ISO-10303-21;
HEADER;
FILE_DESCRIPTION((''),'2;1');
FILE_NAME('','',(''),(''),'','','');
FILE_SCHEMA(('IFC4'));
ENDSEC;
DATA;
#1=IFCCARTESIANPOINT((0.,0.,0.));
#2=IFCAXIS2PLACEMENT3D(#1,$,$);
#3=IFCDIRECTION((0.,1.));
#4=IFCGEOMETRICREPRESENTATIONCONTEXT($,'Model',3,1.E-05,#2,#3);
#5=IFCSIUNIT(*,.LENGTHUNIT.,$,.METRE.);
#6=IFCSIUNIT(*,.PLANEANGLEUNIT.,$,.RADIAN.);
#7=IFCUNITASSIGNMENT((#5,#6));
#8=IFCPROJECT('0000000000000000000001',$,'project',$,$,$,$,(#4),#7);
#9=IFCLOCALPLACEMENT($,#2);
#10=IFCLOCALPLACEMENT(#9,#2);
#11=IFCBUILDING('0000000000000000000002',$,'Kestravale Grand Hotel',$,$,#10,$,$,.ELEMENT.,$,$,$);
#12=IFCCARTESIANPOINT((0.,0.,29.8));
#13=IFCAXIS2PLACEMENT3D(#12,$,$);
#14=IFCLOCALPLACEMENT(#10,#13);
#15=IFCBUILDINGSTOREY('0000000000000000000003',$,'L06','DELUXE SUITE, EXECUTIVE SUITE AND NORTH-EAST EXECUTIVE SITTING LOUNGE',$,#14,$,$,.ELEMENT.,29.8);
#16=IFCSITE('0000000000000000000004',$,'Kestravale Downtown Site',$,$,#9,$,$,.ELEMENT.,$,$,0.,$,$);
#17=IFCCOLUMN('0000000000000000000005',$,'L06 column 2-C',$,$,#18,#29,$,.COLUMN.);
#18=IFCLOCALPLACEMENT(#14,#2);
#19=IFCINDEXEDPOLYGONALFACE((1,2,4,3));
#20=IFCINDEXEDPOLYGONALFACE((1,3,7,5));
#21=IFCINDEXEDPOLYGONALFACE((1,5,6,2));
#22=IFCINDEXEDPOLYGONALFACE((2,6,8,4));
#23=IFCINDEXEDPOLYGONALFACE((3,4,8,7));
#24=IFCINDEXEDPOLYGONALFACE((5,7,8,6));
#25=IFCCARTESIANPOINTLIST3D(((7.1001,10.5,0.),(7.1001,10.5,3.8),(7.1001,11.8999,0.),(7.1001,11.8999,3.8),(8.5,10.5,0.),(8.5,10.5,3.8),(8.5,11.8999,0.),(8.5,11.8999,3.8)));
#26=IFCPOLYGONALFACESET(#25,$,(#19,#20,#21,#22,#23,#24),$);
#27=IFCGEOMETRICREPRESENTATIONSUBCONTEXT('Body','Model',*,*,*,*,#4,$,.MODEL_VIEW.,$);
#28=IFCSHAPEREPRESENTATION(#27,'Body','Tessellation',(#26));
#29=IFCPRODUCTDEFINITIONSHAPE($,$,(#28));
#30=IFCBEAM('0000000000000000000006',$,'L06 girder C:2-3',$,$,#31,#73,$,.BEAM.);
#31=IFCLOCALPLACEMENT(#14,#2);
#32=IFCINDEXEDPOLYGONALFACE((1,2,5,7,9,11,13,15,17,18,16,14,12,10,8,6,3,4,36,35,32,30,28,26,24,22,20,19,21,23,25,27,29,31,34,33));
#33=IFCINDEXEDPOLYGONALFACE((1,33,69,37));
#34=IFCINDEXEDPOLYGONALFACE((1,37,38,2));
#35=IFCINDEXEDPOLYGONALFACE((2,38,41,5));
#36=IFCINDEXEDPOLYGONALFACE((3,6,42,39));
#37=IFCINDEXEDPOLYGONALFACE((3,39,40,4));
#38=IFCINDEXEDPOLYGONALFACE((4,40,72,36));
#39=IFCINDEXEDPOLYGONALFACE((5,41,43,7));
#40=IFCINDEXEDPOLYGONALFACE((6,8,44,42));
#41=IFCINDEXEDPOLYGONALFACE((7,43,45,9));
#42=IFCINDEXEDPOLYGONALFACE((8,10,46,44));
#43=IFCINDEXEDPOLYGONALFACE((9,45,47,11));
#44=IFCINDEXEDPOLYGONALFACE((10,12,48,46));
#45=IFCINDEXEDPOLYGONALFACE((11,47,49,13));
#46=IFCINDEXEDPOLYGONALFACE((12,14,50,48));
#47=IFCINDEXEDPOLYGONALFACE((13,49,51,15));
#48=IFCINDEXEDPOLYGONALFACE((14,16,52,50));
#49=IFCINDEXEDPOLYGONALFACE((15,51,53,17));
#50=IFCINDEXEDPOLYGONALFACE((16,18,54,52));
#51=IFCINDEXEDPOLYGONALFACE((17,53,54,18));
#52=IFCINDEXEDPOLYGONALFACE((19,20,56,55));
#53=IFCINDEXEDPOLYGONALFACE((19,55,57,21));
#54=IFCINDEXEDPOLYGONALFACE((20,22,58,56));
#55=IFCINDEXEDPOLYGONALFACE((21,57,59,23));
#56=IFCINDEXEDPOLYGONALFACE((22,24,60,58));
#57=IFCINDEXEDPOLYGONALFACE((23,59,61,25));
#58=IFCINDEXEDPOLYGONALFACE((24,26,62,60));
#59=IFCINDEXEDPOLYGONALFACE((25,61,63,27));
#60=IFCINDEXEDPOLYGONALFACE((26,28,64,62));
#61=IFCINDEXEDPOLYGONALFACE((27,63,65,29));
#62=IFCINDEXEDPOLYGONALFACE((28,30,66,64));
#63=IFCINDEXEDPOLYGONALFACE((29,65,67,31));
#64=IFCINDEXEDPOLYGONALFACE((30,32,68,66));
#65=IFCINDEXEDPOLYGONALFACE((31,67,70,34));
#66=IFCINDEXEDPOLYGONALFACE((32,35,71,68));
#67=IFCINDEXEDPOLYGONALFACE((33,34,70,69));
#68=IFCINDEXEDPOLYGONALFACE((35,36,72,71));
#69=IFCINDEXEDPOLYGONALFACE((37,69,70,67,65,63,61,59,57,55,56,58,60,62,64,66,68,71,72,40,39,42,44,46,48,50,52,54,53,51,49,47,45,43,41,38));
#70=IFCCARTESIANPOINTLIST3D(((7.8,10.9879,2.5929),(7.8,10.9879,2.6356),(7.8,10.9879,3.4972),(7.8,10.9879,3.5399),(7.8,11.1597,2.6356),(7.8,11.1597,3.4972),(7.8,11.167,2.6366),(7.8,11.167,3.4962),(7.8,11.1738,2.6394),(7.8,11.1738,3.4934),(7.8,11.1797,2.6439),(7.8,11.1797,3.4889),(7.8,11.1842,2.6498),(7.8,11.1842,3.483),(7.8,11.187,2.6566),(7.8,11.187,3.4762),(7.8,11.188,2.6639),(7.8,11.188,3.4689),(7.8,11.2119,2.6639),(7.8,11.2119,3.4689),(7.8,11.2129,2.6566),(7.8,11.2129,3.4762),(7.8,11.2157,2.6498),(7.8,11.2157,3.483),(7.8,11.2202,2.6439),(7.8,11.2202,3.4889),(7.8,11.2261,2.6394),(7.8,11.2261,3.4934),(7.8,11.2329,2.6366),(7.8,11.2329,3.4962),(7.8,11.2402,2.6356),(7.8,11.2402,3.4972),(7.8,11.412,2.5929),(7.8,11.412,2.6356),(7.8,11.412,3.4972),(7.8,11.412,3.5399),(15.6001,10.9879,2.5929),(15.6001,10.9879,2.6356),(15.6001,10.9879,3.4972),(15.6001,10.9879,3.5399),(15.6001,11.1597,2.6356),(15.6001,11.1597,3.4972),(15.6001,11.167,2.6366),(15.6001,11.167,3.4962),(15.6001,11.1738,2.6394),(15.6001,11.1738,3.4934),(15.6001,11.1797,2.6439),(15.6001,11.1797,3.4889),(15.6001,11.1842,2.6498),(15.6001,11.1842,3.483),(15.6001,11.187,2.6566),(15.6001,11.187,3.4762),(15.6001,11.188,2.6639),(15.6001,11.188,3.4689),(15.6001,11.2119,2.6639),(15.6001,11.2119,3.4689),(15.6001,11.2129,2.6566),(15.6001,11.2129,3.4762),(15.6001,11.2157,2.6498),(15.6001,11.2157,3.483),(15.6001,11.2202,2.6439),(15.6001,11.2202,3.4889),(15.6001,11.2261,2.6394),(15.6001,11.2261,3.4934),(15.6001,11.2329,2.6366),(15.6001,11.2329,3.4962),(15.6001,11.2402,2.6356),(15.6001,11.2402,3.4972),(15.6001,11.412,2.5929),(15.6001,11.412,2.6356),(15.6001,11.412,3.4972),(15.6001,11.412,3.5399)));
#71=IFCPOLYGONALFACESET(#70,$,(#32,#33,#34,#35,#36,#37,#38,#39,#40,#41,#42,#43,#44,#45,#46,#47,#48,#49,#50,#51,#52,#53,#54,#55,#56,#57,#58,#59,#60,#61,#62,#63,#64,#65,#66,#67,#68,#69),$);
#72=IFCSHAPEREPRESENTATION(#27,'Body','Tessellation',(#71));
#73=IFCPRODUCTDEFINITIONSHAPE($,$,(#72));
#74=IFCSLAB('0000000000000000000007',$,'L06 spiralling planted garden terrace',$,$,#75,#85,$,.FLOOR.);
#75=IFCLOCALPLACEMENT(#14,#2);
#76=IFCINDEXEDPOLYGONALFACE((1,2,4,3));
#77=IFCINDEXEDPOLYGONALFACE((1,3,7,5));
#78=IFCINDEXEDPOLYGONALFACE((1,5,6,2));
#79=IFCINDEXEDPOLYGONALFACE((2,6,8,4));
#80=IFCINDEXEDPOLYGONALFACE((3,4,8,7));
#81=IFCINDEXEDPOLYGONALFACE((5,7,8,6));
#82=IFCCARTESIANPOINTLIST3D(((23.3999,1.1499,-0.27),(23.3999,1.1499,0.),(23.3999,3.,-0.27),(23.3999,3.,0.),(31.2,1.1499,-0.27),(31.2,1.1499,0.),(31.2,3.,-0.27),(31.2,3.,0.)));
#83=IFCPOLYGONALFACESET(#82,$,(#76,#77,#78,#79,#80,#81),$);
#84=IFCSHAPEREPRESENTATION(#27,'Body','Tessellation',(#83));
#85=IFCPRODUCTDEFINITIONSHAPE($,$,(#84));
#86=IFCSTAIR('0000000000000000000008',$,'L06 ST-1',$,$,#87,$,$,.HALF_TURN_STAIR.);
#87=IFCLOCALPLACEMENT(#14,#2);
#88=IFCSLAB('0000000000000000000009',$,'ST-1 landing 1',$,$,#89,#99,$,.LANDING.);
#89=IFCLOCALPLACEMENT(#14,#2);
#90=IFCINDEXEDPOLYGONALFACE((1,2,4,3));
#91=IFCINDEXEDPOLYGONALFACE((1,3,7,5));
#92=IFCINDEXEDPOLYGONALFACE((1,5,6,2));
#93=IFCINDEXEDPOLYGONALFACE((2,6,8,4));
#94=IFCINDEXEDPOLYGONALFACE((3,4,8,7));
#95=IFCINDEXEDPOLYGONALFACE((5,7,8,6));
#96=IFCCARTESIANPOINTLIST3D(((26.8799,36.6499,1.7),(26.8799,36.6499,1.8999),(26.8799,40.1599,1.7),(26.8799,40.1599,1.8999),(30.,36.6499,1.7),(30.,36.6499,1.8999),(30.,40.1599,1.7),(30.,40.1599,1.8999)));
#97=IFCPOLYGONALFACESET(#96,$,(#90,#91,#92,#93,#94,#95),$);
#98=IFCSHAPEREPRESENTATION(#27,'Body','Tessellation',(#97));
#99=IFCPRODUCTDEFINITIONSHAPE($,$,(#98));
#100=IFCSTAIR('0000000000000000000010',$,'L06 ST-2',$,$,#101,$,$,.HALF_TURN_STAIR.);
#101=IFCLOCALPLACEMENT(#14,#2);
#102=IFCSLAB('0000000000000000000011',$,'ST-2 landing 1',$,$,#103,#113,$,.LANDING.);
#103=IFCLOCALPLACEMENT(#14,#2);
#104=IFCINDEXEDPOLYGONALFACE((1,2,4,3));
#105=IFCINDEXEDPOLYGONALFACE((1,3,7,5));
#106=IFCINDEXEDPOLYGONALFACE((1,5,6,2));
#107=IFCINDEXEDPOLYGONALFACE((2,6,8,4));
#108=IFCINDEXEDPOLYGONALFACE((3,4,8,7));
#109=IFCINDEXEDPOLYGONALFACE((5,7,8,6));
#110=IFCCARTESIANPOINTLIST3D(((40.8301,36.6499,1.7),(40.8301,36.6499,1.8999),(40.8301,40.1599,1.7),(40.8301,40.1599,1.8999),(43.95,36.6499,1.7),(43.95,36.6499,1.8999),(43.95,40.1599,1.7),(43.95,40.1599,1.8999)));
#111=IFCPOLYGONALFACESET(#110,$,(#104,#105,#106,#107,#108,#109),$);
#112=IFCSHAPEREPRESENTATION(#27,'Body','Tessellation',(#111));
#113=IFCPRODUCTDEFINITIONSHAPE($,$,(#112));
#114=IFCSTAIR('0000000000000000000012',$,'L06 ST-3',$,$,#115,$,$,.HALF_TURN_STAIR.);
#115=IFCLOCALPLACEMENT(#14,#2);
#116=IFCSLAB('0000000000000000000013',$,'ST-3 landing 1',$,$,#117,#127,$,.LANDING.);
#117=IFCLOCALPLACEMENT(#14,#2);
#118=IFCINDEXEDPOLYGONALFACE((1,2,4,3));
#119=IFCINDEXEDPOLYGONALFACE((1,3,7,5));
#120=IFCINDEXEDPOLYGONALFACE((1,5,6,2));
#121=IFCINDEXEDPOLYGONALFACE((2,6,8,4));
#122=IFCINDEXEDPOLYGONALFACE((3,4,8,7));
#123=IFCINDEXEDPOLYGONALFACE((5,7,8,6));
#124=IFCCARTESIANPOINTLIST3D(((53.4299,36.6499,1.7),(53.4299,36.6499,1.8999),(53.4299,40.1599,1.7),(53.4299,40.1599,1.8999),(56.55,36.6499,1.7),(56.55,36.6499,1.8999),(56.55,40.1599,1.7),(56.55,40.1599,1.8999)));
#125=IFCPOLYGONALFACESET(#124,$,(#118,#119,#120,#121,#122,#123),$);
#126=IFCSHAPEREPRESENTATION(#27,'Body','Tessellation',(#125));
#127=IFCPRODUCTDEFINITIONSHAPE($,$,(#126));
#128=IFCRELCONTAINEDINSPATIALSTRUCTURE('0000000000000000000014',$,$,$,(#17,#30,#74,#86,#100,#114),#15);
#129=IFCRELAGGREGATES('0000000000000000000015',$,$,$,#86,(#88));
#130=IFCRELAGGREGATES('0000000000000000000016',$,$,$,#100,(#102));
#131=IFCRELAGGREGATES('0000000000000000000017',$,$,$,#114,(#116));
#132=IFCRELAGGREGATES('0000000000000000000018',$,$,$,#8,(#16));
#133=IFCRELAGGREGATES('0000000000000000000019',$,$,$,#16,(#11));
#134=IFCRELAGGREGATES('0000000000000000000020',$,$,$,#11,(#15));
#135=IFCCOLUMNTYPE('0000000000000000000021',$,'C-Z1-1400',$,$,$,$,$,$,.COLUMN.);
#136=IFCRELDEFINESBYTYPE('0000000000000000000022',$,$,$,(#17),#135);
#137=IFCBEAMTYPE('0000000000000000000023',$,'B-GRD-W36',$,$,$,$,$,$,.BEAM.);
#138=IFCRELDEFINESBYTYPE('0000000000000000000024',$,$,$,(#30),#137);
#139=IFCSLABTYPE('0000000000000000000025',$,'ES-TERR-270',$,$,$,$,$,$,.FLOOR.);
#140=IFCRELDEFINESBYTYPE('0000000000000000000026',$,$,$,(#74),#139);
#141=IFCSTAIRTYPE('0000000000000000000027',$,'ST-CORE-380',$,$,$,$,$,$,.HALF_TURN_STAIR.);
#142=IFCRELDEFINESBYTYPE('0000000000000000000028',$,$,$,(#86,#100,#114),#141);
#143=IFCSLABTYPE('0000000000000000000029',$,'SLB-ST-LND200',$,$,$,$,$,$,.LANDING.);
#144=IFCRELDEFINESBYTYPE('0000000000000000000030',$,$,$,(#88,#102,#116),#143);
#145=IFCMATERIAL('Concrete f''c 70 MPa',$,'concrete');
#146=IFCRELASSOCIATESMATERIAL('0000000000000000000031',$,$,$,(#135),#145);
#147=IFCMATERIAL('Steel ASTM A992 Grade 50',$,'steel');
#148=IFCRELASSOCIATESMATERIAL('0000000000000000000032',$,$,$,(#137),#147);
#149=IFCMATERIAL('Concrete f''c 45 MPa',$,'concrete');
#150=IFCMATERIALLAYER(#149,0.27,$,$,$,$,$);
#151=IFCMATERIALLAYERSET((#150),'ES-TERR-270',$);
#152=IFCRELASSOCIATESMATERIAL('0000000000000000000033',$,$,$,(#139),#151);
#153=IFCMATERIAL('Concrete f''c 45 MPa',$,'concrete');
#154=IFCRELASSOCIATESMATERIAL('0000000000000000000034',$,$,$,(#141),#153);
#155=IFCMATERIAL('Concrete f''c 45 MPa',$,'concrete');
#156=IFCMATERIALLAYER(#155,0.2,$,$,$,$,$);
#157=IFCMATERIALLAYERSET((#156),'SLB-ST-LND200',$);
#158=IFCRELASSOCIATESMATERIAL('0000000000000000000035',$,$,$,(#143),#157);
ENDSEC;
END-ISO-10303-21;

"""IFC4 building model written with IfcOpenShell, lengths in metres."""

from ifc_helpers import new_model, si_unit, direction, frame, origin, origin_2d, place, context, subcontext, project, spatial, polyline, rectangle, i_section, outline, extrude, material, layer, layer_set, material_profile, profile_set, type_object, element, aggregate, save


model = new_model("IFC4")

# Units and contexts
model_context = context("Model", 3, precision=1e-05, world=origin(), true_north=direction((0.0, 1.0)))
body_context = subcontext(model_context, "Body", "Model", "MODEL_VIEW")
ifc_project = project(units=[si_unit("LENGTHUNIT", "METRE"), si_unit("PLANEANGLEUNIT", "RADIAN")], contexts=[model_context])

# Site, building, storey
site_placement = place(None, origin())
site = spatial("IfcSite", under=ifc_project, at=site_placement, Name="Kestravale Downtown Site", CompositionType="ELEMENT", RefElevation=0.0)
building_placement = place(site_placement, origin())
building = spatial("IfcBuilding", under=site, at=building_placement, Name="Kestravale Grand Hotel", CompositionType="ELEMENT")
storey_placement = place(building_placement, frame((0.0, 0.0, 29.8)))
storey = spatial("IfcBuildingStorey", under=building, at=storey_placement, Name="L06", Description="DELUXE SUITE, EXECUTIVE SUITE AND NORTH-EAST EXECUTIVE SITTING LOUNGE", CompositionType="ELEMENT", Elevation=29.8)

# Column
ifc_material_1 = material(Name="Concrete f'c 70 MPa", Category="concrete")
ifc_material_profile_1 = material_profile(ifc_material_1, rectangle(XDim=1.3999, YDim=1.3999, at=origin_2d()))
ifc_profile_set_1 = profile_set([ifc_material_profile_1], Name="Concrete f'c 70 MPa")
column_type = type_object("IfcColumnType", Name="C-Z1-1400", PredefinedType="COLUMN", material=ifc_profile_set_1)
column_placement = place(storey_placement, frame((7.8, 11.2, 0.0), z_axis=(0.0, 0.0, 1.0), x_axis=(1.0, 0.0, 0.0)))
element("IfcColumn", 1, at=column_placement, inside=storey, type_object=column_type, Name="L06 column 2-C", PredefinedType="COLUMN", context=body_context, shape_type="SweptSolid", body=[
    extrude(rectangle(XDim=1.3999, YDim=1.3999, at=origin_2d()), origin(), (0.0, 0.0, 1.0), 3.8),
])

# Beam
ifc_material_2 = material(Name="Steel ASTM A992 Grade 50", Category="steel")
ifc_material_profile_2 = material_profile(ifc_material_2, i_section(OverallWidth=0.4241, OverallDepth=0.947, WebThickness=0.0239, FlangeThickness=0.0427, FilletRadius=0.0283, at=origin_2d()))
ifc_profile_set_2 = profile_set([ifc_material_profile_2], Name="Steel ASTM A992 Grade 50")
beam_type = type_object("IfcBeamType", Name="B-GRD-W36", PredefinedType="BEAM", material=ifc_profile_set_2)
beam_placement = place(storey_placement, frame((7.8, 11.2, 3.0664), z_axis=(1.0, 0.0, 0.0), x_axis=(0.0, 1.0, 0.0)))
element("IfcBeam", 2, at=beam_placement, inside=storey, type_object=beam_type, Name="L06 girder C:2-3", PredefinedType="BEAM", context=body_context, shape_type="SweptSolid", body=[
    extrude(i_section(OverallWidth=0.4241, OverallDepth=0.947, WebThickness=0.0239, FlangeThickness=0.0427, FilletRadius=0.0283, at=origin_2d()), origin(), (0.0, 0.0, 1.0), 7.8),
])

# Slab
ifc_material_3 = material(Name="Concrete f'c 45 MPa", Category="concrete")
ifc_layer_1 = layer(ifc_material_3, 0.27)
ifc_layer_set_1 = layer_set([ifc_layer_1], Name="ES-TERR-270")
slab_type_1 = type_object("IfcSlabType", Name="ES-TERR-270", PredefinedType="FLOOR", material=ifc_layer_set_1)
slab_1_placement = place(storey_placement, frame((0.0, 0.0, -0.27)))
element("IfcSlab", 3, at=slab_1_placement, inside=storey, type_object=slab_type_1, Name="L06 spiralling planted garden terrace", PredefinedType="FLOOR", context=body_context, shape_type="SweptSolid", body=[
    extrude(outline(polyline([(23.3999, 1.1499), (31.2, 1.1499), (31.2, 3.0), (23.3999, 3.0), (23.3999, 1.1499)])), origin(), (0.0, 0.0, 1.0), 0.27),
])

# Stairs, slabs
ifc_material_4 = material(Name="Concrete f'c 45 MPa", Category="concrete")
stair_type = type_object("IfcStairType", Name="ST-CORE-380", PredefinedType="HALF_TURN_STAIR", material=ifc_material_4)
stair_1_placement = place(storey_placement, origin())
stair_1 = element("IfcStair", 4, at=stair_1_placement, inside=storey, type_object=stair_type, Name="L06 ST-1", PredefinedType="HALF_TURN_STAIR")
ifc_material_5 = material(Name="Concrete f'c 45 MPa", Category="concrete")
ifc_layer_2 = layer(ifc_material_5, 0.2)
ifc_layer_set_2 = layer_set([ifc_layer_2], Name="SLB-ST-LND200")
slab_type_2 = type_object("IfcSlabType", Name="SLB-ST-LND200", PredefinedType="LANDING", material=ifc_layer_set_2)
slab_2_placement = place(storey_placement, frame((0.0, 0.0, 1.7)))
slab_2 = element("IfcSlab", 5, at=slab_2_placement, type_object=slab_type_2, Name="ST-1 landing 1", PredefinedType="LANDING", context=body_context, shape_type="SweptSolid", body=[
    extrude(outline(polyline([(26.8799, 36.6499), (30.0, 36.6499), (30.0, 40.1599), (26.8799, 40.1599), (26.8799, 36.6499)])), origin(), (0.0, 0.0, 1.0), 0.2),
])
aggregate(stair_1, [slab_2])
stair_2_placement = place(storey_placement, origin())
stair_2 = element("IfcStair", 6, at=stair_2_placement, inside=storey, type_object=stair_type, Name="L06 ST-2", PredefinedType="HALF_TURN_STAIR")
slab_3_placement = place(storey_placement, frame((0.0, 0.0, 1.7)))
slab_3 = element("IfcSlab", 7, at=slab_3_placement, type_object=slab_type_2, Name="ST-2 landing 1", PredefinedType="LANDING", context=body_context, shape_type="SweptSolid", body=[
    extrude(outline(polyline([(40.8301, 36.6499), (43.95, 36.6499), (43.95, 40.1599), (40.8301, 40.1599), (40.8301, 36.6499)])), origin(), (0.0, 0.0, 1.0), 0.2),
])
aggregate(stair_2, [slab_3])
stair_3_placement = place(storey_placement, origin())
stair_3 = element("IfcStair", 8, at=stair_3_placement, inside=storey, type_object=stair_type, Name="L06 ST-3", PredefinedType="HALF_TURN_STAIR")
slab_4_placement = place(storey_placement, frame((0.0, 0.0, 1.7)))
slab_4 = element("IfcSlab", 9, at=slab_4_placement, type_object=slab_type_2, Name="ST-3 landing 1", PredefinedType="LANDING", context=body_context, shape_type="SweptSolid", body=[
    extrude(outline(polyline([(53.4299, 36.6499), (56.55, 36.6499), (56.55, 40.1599), (53.4299, 40.1599), (53.4299, 36.6499)])), origin(), (0.0, 0.0, 1.0), 0.2),
])
aggregate(stair_3, [slab_4])

save(model, "model.ifc")
